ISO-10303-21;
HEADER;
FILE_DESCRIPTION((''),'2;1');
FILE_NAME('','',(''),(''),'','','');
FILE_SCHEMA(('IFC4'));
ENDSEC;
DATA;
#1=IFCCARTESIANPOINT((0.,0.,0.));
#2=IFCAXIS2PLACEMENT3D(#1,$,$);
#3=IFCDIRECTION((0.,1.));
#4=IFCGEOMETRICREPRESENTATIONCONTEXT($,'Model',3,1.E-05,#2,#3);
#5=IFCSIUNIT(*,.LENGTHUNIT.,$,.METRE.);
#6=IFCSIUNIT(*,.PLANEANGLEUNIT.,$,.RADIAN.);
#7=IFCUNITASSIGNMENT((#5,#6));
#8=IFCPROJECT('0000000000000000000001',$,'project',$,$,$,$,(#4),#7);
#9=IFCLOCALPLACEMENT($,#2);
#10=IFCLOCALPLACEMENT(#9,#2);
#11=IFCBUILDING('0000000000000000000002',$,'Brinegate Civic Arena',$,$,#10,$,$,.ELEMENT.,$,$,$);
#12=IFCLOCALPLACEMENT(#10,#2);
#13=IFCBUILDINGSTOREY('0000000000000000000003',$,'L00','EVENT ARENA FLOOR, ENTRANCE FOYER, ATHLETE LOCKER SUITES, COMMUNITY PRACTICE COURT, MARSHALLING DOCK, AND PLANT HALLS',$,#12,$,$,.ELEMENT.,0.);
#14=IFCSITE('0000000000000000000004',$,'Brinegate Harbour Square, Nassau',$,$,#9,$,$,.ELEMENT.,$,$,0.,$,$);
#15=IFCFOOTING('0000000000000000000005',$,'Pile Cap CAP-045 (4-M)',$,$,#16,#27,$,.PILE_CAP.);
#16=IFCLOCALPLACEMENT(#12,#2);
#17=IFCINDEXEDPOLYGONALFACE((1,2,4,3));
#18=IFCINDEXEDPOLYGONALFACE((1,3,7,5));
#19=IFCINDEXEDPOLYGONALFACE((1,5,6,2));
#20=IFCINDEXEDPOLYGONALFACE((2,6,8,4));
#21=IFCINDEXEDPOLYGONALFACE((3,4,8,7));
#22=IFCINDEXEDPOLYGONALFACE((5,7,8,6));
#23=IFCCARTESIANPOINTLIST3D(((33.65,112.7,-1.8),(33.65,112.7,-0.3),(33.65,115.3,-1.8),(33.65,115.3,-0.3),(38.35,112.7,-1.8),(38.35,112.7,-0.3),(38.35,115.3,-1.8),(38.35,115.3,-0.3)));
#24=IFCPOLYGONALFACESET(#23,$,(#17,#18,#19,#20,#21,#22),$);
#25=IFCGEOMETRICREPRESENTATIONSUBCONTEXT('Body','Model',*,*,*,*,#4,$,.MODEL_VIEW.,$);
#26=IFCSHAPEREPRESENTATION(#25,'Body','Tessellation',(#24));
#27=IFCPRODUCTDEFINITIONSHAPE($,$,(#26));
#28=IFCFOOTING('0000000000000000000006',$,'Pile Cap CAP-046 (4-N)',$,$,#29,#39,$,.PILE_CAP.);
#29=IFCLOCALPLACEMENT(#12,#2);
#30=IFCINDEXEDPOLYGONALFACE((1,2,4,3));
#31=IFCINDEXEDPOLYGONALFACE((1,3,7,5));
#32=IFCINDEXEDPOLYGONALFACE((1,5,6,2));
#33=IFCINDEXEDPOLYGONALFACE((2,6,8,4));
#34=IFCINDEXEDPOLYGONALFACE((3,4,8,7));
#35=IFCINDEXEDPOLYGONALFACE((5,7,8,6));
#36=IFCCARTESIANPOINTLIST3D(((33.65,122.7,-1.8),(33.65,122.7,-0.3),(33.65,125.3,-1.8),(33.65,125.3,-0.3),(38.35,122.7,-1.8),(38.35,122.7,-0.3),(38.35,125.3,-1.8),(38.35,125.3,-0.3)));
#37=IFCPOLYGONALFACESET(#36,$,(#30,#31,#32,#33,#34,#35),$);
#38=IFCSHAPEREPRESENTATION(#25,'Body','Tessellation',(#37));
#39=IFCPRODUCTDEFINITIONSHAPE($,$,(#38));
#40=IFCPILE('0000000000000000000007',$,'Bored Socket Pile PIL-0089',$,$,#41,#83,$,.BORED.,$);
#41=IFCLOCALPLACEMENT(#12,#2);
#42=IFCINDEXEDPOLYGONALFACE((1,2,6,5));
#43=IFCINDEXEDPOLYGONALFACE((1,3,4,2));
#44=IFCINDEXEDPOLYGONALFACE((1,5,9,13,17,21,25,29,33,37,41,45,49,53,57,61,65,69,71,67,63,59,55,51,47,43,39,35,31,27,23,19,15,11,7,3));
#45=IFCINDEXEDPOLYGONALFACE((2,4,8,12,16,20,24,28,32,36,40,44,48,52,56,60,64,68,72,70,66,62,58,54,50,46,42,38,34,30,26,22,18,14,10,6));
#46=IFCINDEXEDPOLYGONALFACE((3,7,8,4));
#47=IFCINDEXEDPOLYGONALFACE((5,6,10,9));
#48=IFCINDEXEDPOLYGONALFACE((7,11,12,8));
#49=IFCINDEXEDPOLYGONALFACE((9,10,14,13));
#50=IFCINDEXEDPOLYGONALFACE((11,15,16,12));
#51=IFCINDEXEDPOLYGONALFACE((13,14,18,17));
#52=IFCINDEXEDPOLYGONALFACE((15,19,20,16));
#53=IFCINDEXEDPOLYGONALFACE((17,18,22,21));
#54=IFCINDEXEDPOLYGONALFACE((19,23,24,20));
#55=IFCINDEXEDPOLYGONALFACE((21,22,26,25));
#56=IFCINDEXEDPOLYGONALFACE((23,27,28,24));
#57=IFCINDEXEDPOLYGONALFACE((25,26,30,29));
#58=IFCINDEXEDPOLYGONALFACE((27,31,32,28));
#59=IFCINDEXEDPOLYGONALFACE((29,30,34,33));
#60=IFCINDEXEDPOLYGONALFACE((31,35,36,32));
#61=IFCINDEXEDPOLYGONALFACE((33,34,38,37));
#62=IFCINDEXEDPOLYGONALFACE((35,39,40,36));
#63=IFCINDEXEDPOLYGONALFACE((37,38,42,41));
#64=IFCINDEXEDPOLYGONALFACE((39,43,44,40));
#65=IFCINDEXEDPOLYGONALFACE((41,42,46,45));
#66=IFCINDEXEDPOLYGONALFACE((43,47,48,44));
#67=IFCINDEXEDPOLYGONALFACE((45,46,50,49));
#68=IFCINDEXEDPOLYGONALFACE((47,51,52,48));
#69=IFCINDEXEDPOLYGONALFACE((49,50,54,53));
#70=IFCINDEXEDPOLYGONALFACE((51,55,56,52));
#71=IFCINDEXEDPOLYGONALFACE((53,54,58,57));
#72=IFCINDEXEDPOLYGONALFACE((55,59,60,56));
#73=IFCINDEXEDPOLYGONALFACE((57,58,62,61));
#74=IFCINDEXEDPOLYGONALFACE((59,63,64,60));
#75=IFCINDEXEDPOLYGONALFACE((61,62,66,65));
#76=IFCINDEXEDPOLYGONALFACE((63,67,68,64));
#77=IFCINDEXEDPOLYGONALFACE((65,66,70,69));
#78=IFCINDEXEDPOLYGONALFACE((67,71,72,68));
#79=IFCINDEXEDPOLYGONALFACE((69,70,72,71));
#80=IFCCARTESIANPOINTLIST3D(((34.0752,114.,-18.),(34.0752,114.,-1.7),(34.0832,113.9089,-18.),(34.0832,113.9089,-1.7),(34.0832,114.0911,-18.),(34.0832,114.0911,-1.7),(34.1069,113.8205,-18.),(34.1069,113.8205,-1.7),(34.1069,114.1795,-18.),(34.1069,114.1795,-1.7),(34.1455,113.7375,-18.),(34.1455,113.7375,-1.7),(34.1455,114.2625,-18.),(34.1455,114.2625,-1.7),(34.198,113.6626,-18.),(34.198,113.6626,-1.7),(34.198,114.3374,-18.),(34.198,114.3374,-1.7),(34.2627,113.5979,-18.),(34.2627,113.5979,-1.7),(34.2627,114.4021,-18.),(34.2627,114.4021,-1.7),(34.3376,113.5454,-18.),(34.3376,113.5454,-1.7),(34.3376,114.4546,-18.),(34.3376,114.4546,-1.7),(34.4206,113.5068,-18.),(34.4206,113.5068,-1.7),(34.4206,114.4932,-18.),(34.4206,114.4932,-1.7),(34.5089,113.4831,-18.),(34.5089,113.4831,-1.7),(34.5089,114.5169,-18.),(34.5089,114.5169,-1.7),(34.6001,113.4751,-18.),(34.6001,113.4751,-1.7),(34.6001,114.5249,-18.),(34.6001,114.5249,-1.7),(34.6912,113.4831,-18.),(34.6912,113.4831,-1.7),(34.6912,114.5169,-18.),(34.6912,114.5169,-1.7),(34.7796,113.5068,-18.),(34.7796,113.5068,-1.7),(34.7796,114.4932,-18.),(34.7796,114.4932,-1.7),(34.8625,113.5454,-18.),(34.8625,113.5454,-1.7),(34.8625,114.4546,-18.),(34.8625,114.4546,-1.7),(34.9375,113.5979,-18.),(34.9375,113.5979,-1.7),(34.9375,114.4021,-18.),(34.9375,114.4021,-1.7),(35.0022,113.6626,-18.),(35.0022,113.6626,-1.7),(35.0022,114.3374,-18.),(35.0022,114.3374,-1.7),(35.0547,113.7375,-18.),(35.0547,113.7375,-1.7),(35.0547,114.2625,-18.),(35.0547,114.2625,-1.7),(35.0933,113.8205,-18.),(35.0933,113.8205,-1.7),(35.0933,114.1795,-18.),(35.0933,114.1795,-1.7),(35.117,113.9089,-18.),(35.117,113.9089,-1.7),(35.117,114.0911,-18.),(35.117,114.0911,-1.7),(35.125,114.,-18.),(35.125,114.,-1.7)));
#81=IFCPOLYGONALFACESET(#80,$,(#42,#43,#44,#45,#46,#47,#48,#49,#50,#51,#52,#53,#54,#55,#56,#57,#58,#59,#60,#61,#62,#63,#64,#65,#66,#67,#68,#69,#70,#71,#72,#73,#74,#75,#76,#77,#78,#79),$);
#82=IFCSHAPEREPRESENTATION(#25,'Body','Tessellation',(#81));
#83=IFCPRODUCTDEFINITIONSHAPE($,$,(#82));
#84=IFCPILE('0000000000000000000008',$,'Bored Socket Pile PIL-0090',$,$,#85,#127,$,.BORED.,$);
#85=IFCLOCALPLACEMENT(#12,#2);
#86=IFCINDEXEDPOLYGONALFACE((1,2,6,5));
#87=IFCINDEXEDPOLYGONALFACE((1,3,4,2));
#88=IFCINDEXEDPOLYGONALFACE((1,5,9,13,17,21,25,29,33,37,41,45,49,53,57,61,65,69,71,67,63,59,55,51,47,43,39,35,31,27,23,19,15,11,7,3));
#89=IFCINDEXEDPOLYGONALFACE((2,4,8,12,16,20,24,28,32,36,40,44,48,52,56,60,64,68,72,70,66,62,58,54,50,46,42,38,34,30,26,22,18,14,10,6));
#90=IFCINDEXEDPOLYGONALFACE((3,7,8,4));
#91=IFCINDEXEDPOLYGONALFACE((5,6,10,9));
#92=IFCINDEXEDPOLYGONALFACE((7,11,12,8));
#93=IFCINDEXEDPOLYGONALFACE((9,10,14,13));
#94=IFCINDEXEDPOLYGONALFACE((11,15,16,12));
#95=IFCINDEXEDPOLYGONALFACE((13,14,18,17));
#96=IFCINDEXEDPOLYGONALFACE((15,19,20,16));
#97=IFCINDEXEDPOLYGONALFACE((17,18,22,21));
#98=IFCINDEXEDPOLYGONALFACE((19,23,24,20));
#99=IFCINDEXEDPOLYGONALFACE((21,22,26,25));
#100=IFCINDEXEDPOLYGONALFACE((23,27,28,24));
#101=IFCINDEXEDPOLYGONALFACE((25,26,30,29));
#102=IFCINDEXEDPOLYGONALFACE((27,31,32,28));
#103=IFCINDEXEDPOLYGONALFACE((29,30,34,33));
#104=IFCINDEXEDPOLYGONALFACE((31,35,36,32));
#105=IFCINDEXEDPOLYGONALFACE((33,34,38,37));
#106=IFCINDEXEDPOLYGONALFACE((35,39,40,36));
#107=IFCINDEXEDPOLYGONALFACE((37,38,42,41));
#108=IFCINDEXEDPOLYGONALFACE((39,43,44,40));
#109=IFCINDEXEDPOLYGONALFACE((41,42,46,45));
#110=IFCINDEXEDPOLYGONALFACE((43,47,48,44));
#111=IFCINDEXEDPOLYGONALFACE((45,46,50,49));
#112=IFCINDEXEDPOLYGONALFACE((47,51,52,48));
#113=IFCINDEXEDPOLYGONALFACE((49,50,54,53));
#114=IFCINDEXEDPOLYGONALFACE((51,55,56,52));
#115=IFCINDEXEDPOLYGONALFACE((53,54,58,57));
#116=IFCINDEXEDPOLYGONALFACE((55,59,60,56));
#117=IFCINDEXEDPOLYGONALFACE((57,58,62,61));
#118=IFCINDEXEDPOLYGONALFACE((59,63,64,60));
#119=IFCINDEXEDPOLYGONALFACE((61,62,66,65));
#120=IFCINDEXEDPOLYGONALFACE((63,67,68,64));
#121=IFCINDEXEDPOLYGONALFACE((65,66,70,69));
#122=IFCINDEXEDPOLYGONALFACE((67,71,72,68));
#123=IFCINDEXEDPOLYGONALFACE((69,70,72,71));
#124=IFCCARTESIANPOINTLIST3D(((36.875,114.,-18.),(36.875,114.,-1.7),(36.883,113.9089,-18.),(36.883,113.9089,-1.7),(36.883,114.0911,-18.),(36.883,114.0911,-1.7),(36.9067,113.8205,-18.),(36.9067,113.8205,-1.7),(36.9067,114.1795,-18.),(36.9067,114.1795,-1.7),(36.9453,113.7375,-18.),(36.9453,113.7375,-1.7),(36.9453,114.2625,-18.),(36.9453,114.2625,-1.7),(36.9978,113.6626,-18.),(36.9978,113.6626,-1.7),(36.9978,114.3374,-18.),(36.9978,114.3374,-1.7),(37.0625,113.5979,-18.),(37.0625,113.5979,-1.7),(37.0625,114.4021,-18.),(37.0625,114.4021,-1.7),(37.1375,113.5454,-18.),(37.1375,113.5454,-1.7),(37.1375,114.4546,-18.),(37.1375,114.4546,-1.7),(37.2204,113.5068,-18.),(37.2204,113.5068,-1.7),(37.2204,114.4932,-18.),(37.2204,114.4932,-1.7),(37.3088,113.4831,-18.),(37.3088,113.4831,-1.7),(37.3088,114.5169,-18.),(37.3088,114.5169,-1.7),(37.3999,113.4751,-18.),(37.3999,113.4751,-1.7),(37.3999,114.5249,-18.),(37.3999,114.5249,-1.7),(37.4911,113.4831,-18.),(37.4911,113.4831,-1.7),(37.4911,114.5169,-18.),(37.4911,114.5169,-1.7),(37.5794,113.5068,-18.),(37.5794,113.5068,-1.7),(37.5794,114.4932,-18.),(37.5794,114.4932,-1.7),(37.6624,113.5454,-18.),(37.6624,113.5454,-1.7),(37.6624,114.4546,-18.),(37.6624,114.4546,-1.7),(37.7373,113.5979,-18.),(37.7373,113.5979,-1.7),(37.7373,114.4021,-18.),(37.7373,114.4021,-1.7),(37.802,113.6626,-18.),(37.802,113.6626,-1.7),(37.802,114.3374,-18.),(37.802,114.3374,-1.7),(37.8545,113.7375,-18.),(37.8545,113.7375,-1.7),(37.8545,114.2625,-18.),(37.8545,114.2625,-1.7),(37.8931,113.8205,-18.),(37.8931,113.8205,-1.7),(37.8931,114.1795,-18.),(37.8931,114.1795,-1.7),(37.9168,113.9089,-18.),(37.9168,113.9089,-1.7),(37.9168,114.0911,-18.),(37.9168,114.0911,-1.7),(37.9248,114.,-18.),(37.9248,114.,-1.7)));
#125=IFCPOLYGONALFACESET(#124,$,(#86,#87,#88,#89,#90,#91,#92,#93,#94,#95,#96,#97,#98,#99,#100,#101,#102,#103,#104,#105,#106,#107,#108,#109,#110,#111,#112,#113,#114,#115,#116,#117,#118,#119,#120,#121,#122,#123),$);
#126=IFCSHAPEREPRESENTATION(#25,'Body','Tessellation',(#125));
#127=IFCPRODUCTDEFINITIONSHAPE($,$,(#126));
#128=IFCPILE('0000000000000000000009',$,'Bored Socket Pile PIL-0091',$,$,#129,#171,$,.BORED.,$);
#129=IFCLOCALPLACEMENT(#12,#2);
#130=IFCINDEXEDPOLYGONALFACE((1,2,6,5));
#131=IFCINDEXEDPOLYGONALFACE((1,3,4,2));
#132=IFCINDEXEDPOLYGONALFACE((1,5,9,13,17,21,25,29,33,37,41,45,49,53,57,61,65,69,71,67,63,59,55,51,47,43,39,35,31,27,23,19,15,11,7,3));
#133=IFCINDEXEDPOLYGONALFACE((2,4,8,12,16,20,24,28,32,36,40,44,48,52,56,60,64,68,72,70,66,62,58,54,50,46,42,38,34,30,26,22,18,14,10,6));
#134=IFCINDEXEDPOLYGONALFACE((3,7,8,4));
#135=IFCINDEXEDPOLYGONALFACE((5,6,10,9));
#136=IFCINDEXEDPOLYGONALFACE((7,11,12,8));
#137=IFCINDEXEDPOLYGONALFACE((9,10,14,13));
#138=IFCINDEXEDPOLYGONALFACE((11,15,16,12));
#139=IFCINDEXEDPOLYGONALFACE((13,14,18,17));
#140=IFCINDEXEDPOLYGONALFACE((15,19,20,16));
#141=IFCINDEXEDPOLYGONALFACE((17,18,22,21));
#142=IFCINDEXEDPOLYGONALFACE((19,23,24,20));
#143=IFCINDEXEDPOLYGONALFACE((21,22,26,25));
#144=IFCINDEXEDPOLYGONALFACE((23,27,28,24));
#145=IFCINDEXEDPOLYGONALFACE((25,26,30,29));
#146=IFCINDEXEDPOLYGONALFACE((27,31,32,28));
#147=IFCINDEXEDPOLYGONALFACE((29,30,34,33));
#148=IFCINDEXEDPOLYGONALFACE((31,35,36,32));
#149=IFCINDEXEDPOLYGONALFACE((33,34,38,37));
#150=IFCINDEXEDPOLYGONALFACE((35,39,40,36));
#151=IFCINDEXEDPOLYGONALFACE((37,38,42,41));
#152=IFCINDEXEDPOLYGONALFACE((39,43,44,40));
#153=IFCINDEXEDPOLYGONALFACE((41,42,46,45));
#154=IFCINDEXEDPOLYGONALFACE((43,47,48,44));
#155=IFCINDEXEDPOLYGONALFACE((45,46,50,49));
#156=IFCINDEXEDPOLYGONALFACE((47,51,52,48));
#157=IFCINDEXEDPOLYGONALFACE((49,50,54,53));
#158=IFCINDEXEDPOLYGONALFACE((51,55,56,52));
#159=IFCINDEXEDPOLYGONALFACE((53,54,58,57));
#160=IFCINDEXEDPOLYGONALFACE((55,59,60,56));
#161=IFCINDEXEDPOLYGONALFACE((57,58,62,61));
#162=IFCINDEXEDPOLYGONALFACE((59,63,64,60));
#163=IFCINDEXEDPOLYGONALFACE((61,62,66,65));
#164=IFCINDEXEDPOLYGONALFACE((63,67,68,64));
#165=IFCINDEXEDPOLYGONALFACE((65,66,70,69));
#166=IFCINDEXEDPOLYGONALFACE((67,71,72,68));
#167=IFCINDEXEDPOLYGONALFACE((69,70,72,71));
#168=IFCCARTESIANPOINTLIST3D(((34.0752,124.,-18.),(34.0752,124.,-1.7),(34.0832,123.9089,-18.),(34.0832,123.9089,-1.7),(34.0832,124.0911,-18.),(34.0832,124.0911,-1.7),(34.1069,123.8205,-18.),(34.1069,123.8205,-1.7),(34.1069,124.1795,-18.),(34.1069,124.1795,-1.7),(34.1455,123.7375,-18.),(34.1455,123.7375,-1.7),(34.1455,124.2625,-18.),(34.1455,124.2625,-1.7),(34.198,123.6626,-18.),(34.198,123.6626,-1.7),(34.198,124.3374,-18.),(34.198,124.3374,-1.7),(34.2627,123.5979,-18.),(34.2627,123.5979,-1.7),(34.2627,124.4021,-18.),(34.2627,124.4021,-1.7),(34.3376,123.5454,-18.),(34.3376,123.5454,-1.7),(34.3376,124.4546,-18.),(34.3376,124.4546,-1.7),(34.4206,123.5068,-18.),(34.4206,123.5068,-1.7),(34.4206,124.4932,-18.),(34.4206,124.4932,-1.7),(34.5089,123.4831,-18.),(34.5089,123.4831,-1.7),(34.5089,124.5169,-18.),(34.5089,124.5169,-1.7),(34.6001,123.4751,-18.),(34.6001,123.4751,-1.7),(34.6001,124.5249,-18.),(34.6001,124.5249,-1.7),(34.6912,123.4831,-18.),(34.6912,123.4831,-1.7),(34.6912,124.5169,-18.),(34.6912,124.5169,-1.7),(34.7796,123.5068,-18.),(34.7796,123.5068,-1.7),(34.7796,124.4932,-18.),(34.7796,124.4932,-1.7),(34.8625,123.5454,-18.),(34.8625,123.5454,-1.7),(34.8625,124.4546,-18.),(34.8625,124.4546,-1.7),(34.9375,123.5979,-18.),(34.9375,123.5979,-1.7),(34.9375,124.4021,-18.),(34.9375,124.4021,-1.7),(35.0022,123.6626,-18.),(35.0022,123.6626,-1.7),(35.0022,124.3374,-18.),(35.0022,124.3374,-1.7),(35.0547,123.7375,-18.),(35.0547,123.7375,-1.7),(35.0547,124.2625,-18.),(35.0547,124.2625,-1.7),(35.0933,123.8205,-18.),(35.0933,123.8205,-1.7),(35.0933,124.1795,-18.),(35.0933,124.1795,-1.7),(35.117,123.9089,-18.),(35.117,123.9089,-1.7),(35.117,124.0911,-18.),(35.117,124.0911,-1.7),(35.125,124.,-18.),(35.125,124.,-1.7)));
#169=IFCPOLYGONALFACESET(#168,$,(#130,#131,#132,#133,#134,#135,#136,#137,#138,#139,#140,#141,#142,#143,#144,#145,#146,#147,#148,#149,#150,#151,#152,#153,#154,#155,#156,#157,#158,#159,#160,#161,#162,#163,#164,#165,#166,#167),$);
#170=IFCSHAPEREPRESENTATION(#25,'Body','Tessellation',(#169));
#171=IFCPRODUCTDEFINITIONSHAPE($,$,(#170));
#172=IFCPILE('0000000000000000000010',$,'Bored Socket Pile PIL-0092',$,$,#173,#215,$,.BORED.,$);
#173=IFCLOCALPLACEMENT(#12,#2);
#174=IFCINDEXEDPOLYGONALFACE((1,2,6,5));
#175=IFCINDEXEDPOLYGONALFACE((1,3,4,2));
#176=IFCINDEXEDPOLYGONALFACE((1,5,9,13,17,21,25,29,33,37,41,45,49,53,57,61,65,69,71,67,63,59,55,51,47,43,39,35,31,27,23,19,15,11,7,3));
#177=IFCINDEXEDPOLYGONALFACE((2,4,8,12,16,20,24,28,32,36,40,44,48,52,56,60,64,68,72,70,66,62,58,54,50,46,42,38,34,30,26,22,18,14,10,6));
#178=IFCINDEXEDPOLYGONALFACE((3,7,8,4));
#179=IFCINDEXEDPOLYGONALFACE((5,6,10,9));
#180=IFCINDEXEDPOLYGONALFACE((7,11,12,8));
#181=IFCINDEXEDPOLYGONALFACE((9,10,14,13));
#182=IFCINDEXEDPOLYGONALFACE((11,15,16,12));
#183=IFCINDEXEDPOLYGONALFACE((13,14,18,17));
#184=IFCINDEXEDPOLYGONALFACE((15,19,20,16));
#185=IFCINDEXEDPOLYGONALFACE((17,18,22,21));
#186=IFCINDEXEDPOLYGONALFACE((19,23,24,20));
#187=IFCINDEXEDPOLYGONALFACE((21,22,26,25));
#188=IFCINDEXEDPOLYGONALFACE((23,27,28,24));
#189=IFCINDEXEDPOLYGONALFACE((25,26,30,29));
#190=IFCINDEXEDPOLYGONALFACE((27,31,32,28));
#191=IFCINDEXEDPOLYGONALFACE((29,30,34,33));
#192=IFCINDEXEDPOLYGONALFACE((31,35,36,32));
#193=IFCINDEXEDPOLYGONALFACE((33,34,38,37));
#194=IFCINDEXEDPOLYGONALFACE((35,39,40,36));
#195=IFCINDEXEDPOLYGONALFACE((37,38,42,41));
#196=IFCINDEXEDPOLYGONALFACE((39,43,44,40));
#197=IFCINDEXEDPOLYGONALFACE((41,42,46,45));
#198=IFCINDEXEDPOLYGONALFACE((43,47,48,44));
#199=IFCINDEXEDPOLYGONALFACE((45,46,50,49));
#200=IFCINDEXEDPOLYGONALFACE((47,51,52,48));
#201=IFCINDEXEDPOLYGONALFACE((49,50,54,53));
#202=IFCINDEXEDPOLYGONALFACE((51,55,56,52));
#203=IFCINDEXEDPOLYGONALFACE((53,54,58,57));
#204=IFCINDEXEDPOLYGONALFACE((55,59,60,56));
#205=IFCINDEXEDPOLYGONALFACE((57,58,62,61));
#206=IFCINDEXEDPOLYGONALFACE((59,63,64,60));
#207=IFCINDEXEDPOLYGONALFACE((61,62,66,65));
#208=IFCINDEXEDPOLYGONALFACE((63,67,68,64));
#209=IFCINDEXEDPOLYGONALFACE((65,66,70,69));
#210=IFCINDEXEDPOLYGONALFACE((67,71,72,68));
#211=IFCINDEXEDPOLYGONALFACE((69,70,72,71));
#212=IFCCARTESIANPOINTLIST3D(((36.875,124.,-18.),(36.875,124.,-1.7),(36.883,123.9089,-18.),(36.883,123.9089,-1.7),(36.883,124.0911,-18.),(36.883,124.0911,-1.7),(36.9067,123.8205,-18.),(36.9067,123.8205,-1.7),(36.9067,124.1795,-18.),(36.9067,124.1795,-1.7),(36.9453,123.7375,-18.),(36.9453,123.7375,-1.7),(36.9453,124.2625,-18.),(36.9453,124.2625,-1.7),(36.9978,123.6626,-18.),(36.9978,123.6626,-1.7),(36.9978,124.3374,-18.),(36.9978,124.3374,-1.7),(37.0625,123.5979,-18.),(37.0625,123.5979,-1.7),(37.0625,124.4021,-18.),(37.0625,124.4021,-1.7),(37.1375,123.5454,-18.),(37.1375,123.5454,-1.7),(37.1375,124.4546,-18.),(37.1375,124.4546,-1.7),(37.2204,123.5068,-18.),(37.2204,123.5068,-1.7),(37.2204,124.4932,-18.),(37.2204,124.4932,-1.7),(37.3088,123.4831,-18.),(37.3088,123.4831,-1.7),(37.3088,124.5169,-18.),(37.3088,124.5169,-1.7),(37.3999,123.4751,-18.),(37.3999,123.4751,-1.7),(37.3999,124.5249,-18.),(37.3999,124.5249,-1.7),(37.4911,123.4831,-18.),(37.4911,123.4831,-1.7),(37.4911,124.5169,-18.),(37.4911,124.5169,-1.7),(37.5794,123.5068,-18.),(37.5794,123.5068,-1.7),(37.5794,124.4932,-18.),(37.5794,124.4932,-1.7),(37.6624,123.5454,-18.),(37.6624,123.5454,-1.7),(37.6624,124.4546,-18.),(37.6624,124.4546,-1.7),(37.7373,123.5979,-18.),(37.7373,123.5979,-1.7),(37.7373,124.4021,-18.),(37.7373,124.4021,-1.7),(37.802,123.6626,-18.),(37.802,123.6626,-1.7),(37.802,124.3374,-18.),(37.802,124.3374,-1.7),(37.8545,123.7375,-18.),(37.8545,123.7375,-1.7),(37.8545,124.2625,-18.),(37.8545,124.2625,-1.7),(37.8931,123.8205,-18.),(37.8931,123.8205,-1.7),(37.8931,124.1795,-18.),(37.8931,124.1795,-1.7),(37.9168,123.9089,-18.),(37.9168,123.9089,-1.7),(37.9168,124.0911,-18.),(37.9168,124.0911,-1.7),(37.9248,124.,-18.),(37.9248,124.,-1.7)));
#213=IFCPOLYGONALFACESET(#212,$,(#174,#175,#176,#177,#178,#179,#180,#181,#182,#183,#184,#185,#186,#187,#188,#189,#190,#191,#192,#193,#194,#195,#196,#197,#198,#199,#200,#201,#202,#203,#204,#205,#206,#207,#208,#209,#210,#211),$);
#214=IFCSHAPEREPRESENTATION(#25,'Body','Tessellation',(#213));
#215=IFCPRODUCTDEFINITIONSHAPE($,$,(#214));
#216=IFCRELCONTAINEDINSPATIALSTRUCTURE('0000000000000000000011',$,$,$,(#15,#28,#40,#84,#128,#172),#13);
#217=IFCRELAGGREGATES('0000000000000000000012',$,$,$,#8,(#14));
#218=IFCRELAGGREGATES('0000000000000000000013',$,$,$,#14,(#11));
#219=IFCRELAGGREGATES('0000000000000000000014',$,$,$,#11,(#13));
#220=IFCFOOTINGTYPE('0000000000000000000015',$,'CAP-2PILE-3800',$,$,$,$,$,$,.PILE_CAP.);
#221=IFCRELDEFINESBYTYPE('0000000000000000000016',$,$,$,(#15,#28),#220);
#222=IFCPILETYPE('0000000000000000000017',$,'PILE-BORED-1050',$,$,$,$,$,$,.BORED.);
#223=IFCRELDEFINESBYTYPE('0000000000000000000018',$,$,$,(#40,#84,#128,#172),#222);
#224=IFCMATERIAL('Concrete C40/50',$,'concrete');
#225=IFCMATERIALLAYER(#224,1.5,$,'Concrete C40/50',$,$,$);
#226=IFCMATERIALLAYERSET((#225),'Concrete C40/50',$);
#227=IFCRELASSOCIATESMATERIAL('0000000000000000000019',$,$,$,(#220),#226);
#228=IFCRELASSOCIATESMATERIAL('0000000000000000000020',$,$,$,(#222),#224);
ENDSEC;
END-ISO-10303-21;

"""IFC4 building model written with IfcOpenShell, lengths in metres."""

from ifc_helpers import new_model, si_unit, direction, frame, origin, origin_2d, place, context, subcontext, project, spatial, rectangle, circle, extrude, material, layer, layer_set, material_profile, profile_set, type_object, element, save


model = new_model("IFC4")

# Units and contexts
model_context = context("Model", 3, precision=1e-05, world=origin(), true_north=direction((0.0, 1.0)))
body_context = subcontext(model_context, "Body", "Model", "MODEL_VIEW")
ifc_project = project(units=[si_unit("LENGTHUNIT", "METRE"), si_unit("PLANEANGLEUNIT", "RADIAN")], contexts=[model_context])

# Site, building, storey
site_placement = place(None, origin())
site = spatial("IfcSite", under=ifc_project, at=site_placement, Name="Brinegate Harbour Square, Nassau", CompositionType="ELEMENT", RefElevation=0.0)
building_placement = place(site_placement, origin())
building = spatial("IfcBuilding", under=site, at=building_placement, Name="Brinegate Civic Arena", CompositionType="ELEMENT")
storey_placement = place(building_placement, origin())
storey = spatial("IfcBuildingStorey", under=building, at=storey_placement, Name="L00", Description="EVENT ARENA FLOOR, ENTRANCE FOYER, ATHLETE LOCKER SUITES, COMMUNITY PRACTICE COURT, MARSHALLING DOCK, AND PLANT HALLS", CompositionType="ELEMENT", Elevation=0.0)

# Footings
ifc_material_1 = material(Name="Concrete C40/50", Category="concrete")
ifc_layer_1 = layer(ifc_material_1, 1.5, Name="Concrete C40/50")
ifc_layer_set_1 = layer_set([ifc_layer_1], Name="Concrete C40/50")
footing_type_1 = type_object("IfcFootingType", Name="CAP-2PILE-3800", PredefinedType="PILE_CAP", material=ifc_layer_set_1)
for number, where, z_axis, x_axis, name in (
    (1, (36.0, 114.0, -1.8), (0.0, 0.0, 1.0), (1.0, 0.0, 0.0), "Pile Cap CAP-045 (4-M)"),
    (2, (36.0, 124.0, -1.8), (0.0, 0.0, 1.0), (1.0, 0.0, 0.0), "Pile Cap CAP-046 (4-N)"),
):
    element("IfcFooting", number, at=place(storey_placement, frame(where, z_axis=z_axis, x_axis=x_axis)), inside=storey, type_object=footing_type_1, Name=name, PredefinedType="PILE_CAP", context=body_context, shape_type="SweptSolid", body=[
        extrude(rectangle(XDim=4.7, YDim=2.6001, at=origin_2d()), origin(), (0.0, 0.0, 1.0), 1.5),
    ])

# Piles
ifc_material_profile_1 = material_profile(ifc_material_1, circle(Radius=0.5249, at=origin_2d()), Name="PILED1050")
ifc_profile_set_1 = profile_set([ifc_material_profile_1], Name="Concrete C40/50")
pile_type = type_object("IfcPileType", Name="PILE-BORED-1050", PredefinedType="BORED", material=ifc_profile_set_1)
for number, where, z_axis, x_axis, name in (
    (3, (34.6001, 114.0, -1.7), (0.0, 0.0, -1.0), (1.0, 0.0, 0.0), "Bored Socket Pile PIL-0089"),
    (4, (37.3999, 114.0, -1.7), (0.0, 0.0, -1.0), (1.0, 0.0, 0.0), "Bored Socket Pile PIL-0090"),
    (5, (34.6001, 124.0, -1.7), (0.0, 0.0, -1.0), (1.0, 0.0, 0.0), "Bored Socket Pile PIL-0091"),
    (6, (37.3999, 124.0, -1.7), (0.0, 0.0, -1.0), (1.0, 0.0, 0.0), "Bored Socket Pile PIL-0092"),
):
    element("IfcPile", number, at=place(storey_placement, frame(where, z_axis=z_axis, x_axis=x_axis)), inside=storey, type_object=pile_type, Name=name, PredefinedType="BORED", context=body_context, shape_type="SweptSolid", body=[
        extrude(circle(Radius=0.5249, at=origin_2d()), origin(), (0.0, 0.0, 1.0), 16.3),
    ])

save(model, "model.ifc")
